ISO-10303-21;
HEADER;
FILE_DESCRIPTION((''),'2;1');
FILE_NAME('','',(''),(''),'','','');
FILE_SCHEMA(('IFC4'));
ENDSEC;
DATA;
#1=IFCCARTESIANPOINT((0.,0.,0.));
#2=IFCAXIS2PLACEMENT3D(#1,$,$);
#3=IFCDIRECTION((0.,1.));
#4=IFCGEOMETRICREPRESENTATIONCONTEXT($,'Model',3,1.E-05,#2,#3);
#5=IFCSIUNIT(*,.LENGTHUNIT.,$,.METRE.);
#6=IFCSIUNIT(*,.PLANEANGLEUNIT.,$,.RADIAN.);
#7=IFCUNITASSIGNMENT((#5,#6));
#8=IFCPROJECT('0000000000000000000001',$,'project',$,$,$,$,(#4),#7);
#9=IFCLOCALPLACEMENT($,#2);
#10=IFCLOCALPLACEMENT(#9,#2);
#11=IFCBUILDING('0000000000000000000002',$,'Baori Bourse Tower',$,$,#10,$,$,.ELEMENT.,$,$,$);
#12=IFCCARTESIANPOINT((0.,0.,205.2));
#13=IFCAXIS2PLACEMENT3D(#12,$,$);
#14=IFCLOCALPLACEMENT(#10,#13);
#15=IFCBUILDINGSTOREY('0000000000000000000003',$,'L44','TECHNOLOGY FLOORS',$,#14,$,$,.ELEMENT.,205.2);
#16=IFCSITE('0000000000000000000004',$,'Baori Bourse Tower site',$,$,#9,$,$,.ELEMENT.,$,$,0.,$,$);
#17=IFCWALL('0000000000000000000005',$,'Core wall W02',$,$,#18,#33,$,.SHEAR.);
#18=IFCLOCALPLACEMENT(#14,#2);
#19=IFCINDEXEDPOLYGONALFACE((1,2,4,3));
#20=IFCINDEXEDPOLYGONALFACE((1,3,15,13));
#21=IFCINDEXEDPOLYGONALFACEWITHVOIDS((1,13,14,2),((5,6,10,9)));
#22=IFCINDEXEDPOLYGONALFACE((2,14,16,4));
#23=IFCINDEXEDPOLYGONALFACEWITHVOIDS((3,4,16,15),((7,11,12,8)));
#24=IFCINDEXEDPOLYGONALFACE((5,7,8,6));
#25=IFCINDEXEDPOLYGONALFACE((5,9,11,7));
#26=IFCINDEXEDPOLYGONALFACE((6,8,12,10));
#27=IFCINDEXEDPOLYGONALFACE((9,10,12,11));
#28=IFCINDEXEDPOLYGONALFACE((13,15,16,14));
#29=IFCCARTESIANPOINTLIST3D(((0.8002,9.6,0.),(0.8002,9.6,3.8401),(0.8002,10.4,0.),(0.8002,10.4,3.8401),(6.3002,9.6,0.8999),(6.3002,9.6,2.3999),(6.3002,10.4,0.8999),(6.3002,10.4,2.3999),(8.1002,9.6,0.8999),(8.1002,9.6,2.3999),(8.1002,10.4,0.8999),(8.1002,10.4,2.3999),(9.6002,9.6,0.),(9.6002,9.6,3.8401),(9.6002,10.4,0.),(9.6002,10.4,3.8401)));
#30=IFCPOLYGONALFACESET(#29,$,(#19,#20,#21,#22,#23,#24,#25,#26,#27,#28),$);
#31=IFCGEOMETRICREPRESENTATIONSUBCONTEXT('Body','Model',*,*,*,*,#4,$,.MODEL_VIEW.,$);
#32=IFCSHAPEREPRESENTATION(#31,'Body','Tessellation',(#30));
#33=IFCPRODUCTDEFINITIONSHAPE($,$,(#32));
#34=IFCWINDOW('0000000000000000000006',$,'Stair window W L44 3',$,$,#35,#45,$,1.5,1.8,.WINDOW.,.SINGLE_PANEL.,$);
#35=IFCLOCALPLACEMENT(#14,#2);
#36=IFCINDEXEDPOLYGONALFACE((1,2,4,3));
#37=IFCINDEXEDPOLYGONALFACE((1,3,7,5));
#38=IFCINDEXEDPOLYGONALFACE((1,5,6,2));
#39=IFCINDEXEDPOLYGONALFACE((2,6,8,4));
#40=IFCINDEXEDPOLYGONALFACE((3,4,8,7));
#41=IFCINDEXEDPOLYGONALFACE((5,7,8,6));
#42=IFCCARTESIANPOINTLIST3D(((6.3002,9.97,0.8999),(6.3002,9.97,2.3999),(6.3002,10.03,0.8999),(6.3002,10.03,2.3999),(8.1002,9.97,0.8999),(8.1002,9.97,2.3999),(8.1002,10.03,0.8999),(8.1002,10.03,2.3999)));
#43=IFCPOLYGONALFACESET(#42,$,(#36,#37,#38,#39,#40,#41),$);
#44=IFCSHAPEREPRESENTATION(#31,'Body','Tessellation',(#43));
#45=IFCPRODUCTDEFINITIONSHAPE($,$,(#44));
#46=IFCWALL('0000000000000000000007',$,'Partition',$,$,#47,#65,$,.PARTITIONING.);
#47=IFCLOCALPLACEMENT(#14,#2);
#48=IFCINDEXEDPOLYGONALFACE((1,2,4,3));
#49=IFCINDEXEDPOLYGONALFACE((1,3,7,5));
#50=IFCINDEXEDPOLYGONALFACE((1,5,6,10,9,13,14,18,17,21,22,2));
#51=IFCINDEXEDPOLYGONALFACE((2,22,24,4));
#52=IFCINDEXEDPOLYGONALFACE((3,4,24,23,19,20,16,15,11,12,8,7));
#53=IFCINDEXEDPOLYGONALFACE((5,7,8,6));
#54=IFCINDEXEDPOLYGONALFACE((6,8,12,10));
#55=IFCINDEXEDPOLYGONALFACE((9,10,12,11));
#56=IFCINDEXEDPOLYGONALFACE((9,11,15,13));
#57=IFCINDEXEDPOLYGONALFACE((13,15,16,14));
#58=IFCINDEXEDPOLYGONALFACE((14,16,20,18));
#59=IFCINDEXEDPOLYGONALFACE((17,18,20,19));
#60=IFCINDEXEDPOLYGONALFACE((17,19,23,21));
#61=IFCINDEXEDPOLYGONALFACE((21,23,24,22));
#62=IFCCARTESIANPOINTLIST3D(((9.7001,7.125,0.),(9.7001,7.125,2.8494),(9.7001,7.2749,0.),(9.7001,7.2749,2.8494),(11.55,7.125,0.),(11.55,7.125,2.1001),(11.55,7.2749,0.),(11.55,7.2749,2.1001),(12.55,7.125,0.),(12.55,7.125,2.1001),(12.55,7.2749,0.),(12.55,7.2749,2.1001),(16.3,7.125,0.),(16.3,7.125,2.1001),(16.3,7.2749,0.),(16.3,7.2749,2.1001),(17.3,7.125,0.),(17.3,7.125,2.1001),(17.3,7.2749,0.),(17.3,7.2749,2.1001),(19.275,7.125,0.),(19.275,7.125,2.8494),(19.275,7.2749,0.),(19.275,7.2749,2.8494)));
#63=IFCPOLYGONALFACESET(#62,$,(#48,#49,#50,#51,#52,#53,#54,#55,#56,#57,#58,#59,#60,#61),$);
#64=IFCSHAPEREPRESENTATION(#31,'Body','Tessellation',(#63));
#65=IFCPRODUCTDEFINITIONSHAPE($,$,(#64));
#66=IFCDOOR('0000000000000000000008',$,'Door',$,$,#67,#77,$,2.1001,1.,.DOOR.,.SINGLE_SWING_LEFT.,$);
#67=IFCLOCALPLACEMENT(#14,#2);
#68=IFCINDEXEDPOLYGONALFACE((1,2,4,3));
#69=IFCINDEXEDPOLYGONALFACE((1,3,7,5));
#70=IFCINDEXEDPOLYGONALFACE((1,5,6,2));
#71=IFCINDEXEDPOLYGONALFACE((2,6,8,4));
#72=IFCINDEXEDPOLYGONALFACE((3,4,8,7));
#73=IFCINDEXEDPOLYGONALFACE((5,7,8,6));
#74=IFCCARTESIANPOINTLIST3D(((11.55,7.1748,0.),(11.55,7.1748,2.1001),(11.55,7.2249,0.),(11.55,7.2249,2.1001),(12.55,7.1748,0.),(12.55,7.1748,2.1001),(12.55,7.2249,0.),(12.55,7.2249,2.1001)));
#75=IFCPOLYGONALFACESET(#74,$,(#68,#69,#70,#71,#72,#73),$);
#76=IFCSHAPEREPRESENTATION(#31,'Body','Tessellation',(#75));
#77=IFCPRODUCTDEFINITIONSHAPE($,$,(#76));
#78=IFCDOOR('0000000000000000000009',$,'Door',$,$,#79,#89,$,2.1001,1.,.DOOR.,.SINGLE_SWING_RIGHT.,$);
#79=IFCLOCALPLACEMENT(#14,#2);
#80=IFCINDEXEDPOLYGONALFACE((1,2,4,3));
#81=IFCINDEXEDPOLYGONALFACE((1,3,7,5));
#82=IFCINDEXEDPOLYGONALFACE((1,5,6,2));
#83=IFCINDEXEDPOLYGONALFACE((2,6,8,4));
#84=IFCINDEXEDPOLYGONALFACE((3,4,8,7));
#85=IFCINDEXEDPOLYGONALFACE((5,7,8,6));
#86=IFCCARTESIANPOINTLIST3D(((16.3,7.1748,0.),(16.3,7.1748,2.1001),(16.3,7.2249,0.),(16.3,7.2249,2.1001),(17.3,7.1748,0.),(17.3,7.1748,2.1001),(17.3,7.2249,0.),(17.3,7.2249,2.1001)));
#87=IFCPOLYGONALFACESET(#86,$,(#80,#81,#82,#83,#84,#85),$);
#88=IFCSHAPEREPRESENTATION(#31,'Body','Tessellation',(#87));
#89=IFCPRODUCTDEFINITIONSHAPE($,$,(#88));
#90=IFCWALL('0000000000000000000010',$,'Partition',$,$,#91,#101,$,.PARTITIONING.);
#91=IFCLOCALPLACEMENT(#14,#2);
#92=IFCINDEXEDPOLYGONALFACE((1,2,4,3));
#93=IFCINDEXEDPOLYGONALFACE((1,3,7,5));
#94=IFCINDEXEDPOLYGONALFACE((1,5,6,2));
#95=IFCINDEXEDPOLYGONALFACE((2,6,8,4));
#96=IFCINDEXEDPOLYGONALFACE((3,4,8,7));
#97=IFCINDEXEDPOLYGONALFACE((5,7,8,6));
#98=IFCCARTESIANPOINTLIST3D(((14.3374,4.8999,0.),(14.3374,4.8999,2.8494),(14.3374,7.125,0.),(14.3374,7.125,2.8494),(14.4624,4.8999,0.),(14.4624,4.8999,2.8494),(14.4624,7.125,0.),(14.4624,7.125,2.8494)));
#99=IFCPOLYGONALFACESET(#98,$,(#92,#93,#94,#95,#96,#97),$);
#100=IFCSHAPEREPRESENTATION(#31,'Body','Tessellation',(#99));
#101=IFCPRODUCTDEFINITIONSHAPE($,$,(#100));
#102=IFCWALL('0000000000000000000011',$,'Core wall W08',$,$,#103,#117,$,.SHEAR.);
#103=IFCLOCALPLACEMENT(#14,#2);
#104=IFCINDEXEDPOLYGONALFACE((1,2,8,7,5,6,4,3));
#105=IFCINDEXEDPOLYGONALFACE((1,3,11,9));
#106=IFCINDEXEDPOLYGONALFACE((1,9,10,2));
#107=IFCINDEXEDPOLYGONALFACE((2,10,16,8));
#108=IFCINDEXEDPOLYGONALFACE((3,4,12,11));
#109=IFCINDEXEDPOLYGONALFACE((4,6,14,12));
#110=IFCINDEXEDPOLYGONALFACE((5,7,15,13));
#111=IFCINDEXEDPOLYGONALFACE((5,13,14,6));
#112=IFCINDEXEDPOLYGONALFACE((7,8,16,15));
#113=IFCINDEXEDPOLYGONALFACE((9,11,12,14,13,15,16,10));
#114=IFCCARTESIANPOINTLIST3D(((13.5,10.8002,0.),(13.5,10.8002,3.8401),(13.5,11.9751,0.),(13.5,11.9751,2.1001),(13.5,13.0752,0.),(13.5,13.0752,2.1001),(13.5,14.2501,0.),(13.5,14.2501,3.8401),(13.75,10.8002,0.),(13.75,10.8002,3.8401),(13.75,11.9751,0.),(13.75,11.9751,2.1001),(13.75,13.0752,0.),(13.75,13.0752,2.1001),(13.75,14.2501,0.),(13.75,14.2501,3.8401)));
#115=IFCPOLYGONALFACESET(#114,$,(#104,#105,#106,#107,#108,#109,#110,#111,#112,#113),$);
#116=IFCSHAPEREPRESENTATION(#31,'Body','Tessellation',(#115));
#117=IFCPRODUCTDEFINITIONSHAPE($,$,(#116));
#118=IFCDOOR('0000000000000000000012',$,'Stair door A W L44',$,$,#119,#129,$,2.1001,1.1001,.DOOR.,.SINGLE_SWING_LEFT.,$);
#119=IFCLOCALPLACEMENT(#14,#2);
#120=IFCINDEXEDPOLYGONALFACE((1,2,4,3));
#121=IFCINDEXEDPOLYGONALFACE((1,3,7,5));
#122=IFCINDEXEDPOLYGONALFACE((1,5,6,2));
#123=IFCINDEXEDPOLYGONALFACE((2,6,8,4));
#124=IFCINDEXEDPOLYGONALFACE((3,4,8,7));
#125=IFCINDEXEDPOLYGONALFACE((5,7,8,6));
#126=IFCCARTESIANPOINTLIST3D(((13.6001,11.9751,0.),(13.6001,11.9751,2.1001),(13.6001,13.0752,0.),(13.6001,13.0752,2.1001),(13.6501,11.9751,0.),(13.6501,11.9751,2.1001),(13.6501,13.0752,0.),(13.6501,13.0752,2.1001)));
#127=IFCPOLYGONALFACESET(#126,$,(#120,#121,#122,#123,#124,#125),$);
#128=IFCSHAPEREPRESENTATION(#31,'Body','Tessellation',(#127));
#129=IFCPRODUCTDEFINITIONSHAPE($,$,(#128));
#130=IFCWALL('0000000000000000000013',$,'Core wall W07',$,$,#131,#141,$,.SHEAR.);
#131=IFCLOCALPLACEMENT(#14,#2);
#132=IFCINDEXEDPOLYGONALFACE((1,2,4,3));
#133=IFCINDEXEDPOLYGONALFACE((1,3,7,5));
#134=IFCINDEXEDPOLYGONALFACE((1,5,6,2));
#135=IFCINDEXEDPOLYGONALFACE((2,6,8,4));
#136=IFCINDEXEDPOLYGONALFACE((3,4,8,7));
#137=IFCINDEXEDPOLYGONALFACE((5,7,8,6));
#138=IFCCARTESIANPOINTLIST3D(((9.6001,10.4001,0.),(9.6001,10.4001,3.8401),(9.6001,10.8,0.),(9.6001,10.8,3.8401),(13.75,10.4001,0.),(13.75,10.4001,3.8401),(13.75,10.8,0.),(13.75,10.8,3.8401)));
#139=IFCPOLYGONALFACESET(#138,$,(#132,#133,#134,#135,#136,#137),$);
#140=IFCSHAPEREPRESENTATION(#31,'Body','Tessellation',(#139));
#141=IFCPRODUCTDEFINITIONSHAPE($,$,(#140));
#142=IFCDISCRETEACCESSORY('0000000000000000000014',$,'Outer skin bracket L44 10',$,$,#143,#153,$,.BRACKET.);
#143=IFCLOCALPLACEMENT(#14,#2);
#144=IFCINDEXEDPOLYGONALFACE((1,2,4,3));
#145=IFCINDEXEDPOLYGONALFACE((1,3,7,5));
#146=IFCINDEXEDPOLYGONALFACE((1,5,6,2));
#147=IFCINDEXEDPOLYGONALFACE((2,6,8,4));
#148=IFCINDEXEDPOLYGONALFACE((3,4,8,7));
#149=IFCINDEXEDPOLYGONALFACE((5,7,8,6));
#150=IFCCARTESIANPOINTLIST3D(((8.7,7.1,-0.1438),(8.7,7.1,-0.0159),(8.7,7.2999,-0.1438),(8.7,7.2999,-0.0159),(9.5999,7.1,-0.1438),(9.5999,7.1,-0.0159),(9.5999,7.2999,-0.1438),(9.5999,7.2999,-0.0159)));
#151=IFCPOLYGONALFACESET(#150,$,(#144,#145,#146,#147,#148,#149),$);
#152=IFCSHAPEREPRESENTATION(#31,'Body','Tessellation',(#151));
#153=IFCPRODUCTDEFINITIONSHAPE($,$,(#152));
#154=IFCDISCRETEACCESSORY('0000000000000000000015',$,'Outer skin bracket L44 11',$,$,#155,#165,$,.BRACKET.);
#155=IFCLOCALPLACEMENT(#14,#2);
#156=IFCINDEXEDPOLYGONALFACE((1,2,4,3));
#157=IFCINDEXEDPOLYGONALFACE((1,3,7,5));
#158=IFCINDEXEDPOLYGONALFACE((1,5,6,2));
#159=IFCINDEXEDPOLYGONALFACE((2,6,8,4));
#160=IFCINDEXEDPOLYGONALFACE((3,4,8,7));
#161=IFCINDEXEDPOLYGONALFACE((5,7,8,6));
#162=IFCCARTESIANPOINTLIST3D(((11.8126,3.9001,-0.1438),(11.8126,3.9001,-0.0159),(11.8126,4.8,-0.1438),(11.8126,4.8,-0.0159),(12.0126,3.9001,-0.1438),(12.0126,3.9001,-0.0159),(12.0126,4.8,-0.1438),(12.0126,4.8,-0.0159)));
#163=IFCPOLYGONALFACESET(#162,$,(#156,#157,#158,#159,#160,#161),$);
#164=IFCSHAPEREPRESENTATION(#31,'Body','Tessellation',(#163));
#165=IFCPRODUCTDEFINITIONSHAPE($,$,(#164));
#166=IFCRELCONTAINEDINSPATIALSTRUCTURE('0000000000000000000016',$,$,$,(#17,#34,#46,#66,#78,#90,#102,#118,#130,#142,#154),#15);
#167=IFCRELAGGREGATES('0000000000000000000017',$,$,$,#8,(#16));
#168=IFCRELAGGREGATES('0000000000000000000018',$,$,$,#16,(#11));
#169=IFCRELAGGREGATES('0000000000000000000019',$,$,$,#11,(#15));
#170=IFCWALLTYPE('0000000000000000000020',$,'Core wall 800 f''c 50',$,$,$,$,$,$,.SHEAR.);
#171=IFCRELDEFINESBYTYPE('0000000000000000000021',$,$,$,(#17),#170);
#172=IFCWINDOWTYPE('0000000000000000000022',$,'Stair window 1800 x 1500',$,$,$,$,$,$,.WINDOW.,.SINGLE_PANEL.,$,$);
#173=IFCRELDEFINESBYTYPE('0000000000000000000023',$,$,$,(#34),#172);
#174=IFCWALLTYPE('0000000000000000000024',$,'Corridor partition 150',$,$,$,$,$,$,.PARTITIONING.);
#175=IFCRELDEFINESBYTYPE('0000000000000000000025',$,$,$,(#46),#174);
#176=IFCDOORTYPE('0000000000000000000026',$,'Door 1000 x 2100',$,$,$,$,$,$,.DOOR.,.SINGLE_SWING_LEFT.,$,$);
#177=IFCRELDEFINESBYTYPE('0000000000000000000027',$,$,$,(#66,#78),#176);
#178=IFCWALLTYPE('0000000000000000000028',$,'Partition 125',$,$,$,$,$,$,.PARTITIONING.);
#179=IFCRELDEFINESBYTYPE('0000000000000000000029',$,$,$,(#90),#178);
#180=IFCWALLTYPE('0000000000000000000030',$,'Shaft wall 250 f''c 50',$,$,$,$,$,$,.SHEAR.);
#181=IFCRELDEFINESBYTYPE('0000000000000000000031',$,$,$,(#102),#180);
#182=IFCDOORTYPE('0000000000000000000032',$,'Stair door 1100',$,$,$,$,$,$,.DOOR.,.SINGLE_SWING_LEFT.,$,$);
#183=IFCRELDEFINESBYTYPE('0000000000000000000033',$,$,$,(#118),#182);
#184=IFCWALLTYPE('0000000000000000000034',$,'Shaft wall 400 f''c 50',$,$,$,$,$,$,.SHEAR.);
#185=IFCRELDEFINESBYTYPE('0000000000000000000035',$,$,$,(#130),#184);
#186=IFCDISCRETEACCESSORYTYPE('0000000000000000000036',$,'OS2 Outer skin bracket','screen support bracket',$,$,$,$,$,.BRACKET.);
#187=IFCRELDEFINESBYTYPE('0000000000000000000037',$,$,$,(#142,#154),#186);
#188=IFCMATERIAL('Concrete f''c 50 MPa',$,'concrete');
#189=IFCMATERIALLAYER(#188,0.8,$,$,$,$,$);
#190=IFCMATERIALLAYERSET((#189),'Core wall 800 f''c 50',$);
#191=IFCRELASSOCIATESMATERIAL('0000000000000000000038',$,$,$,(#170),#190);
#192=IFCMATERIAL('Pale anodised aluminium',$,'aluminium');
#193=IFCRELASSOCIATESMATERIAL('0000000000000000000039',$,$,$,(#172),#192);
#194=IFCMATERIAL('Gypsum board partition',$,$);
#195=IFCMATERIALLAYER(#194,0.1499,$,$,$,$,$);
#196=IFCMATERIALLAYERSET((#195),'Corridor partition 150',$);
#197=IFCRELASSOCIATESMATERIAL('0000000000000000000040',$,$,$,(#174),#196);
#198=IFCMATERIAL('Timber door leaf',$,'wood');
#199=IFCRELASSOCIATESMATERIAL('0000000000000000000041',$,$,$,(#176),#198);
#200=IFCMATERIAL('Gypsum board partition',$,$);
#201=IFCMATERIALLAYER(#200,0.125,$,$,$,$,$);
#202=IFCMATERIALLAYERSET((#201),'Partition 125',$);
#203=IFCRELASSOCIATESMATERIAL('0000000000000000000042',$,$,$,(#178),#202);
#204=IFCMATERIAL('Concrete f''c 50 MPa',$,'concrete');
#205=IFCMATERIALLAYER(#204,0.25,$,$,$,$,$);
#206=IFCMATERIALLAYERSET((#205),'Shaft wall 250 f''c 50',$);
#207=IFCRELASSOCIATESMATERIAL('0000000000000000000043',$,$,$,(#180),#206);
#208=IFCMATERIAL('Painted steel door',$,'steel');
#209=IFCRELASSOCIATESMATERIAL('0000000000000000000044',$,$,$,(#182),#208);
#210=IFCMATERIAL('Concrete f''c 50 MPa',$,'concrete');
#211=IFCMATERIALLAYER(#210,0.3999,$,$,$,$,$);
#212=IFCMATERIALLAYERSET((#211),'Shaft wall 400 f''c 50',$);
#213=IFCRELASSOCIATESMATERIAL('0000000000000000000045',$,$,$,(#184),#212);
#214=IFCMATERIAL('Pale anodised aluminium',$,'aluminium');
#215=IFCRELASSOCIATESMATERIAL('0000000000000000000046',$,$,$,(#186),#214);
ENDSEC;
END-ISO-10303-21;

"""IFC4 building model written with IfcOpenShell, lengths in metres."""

from ifc_helpers import new_model, si_unit, direction, frame, frame_2d, origin, origin_2d, place, context, subcontext, project, spatial, rectangle, extrude, material, layer, layer_set, type_object, element, fill, save


model = new_model("IFC4")

# Units and contexts
model_context = context("Model", 3, precision=1e-05, world=origin(), true_north=direction((0.0, 1.0)))
body_context = subcontext(model_context, "Body", "Model", "MODEL_VIEW")
ifc_project = project(units=[si_unit("LENGTHUNIT", "METRE"), si_unit("PLANEANGLEUNIT", "RADIAN")], contexts=[model_context])

# Site, building, storey
site_placement = place(None, origin())
site = spatial("IfcSite", under=ifc_project, at=site_placement, Name="Baori Bourse Tower site", CompositionType="ELEMENT", RefElevation=0.0)
building_placement = place(site_placement, origin())
building = spatial("IfcBuilding", under=site, at=building_placement, Name="Baori Bourse Tower", CompositionType="ELEMENT")
storey_placement = place(building_placement, frame((0.0, 0.0, 205.2)))
storey = spatial("IfcBuildingStorey", under=building, at=storey_placement, Name="L44", Description="TECHNOLOGY FLOORS", CompositionType="ELEMENT", Elevation=205.2)

# Wall, opening, window
ifc_material_1 = material(Name="Concrete f'c 50 MPa", Category="concrete")
ifc_layer_1 = layer(ifc_material_1, 0.8)
ifc_layer_set_1 = layer_set([ifc_layer_1], Name="Core wall 800 f'c 50")
wall_type_1 = type_object("IfcWallType", Name="Core wall 800 f'c 50", PredefinedType="SHEAR", material=ifc_layer_set_1)
wall_1_placement = place(storey_placement, frame((9.6001, 10.0, 0.0), z_axis=(0.0, 0.0, 1.0), x_axis=(-1.0, 0.0, 0.0)))
wall_1 = element("IfcWall", 1, at=wall_1_placement, inside=storey, type_object=wall_type_1, Name="Core wall W02", PredefinedType="SHEAR", context=body_context, shape_type="SweptSolid", body=[
    extrude(rectangle(XDim=8.8, YDim=0.8, at=frame_2d((4.3999, 0.0))), origin(), (0.0, 0.0, 1.0), 3.8401),
])
opening_1_placement = place(wall_1_placement, frame((1.5, 0.0, 0.8999)))
opening_1 = element("IfcOpeningElement", 2, at=opening_1_placement, cuts=wall_1, PredefinedType="OPENING", context=body_context, shape_type="SweptSolid", body=[
    extrude(rectangle(XDim=1.8, YDim=1.5, at=frame_2d((0.8999, 0.75))), frame((0.0, 0.4099, 0.0), z_axis=(0.0, -1.0, 0.0), x_axis=(1.0, 0.0, 0.0)), (0.0, 0.0, 1.0), 0.8201),
])
ifc_material_2 = material(Name="Pale anodised aluminium", Category="aluminium")
window_type = type_object("IfcWindowType", Name="Stair window 1800 x 1500", PartitioningType="SINGLE_PANEL", PredefinedType="WINDOW", material=ifc_material_2)
window_placement = place(opening_1_placement, origin())
window = element("IfcWindow", 3, at=window_placement, inside=storey, type_object=window_type, Name="Stair window W L44 3", OverallHeight=1.5, OverallWidth=1.8, PartitioningType="SINGLE_PANEL", PredefinedType="WINDOW", context=body_context, shape_type="SweptSolid", body=[
    extrude(rectangle(XDim=1.8, YDim=1.5, at=frame_2d((0.8999, 0.75))), frame((0.0, 0.03, 0.0), z_axis=(0.0, -1.0, 0.0), x_axis=(1.0, 0.0, 0.0)), (0.0, 0.0, 1.0), 0.0601),
])
fill(opening_1, window)

# Wall, openings, doors
ifc_material_3 = material(Name="Gypsum board partition")
ifc_layer_2 = layer(ifc_material_3, 0.1499)
ifc_layer_set_2 = layer_set([ifc_layer_2], Name="Corridor partition 150")
wall_type_2 = type_object("IfcWallType", Name="Corridor partition 150", PredefinedType="PARTITIONING", material=ifc_layer_set_2)
wall_2_placement = place(storey_placement, frame((9.7, 7.2, 0.0), z_axis=(0.0, 0.0, 1.0), x_axis=(1.0, 0.0, 0.0)))
wall_2 = element("IfcWall", 4, at=wall_2_placement, inside=storey, type_object=wall_type_2, Name="Partition", PredefinedType="PARTITIONING", context=body_context, shape_type="SweptSolid", body=[
    extrude(rectangle(XDim=9.575, YDim=0.1499, at=frame_2d((4.7876, 0.0))), origin(), (0.0, 0.0, 1.0), 2.8494),
])
opening_2_placement = place(wall_2_placement, frame((1.8501, 0.0, 0.0)))
opening_2 = element("IfcOpeningElement", 5, at=opening_2_placement, cuts=wall_2, PredefinedType="OPENING", context=body_context, shape_type="SweptSolid", body=[
    extrude(rectangle(XDim=1.0, YDim=2.1001, at=frame_2d((0.5, 1.05))), frame((0.0, 0.085, 0.0), z_axis=(0.0, -1.0, 0.0), x_axis=(1.0, 0.0, 0.0)), (0.0, 0.0, 1.0), 0.1699),
])
opening_3_placement = place(wall_2_placement, frame((6.6001, 0.0, 0.0)))
opening_3 = element("IfcOpeningElement", 6, at=opening_3_placement, cuts=wall_2, PredefinedType="OPENING", context=body_context, shape_type="SweptSolid", body=[
    extrude(rectangle(XDim=1.0, YDim=2.1001, at=frame_2d((0.5, 1.05))), frame((0.0, 0.085, 0.0), z_axis=(0.0, -1.0, 0.0), x_axis=(1.0, 0.0, 0.0)), (0.0, 0.0, 1.0), 0.1699),
])
ifc_material_4 = material(Name="Timber door leaf", Category="wood")
door_type_1 = type_object("IfcDoorType", Name="Door 1000 x 2100", OperationType="SINGLE_SWING_LEFT", PredefinedType="DOOR", material=ifc_material_4)
door_1_placement = place(opening_2_placement, origin())
door_1 = element("IfcDoor", 7, at=door_1_placement, inside=storey, type_object=door_type_1, Name="Door", OperationType="SINGLE_SWING_LEFT", OverallHeight=2.1001, OverallWidth=1.0, PredefinedType="DOOR", context=body_context, shape_type="SweptSolid", body=[
    extrude(rectangle(XDim=1.0, YDim=2.1001, at=frame_2d((0.5, 1.05))), frame((0.0, 0.0249, 0.0), z_axis=(0.0, -1.0, 0.0), x_axis=(1.0, 0.0, 0.0)), (0.0, 0.0, 1.0), 0.05),
])
fill(opening_2, door_1)
door_2_placement = place(opening_3_placement, origin())
door_2 = element("IfcDoor", 8, at=door_2_placement, inside=storey, type_object=door_type_1, Name="Door", OperationType="SINGLE_SWING_RIGHT", OverallHeight=2.1001, OverallWidth=1.0, PredefinedType="DOOR", context=body_context, shape_type="SweptSolid", body=[
    extrude(rectangle(XDim=1.0, YDim=2.1001, at=frame_2d((0.5, 1.05))), frame((0.0, 0.0249, 0.0), z_axis=(0.0, -1.0, 0.0), x_axis=(1.0, 0.0, 0.0)), (0.0, 0.0, 1.0), 0.05),
])
fill(opening_3, door_2)

# Wall
ifc_material_5 = material(Name="Gypsum board partition")
ifc_layer_3 = layer(ifc_material_5, 0.125)
ifc_layer_set_3 = layer_set([ifc_layer_3], Name="Partition 125")
wall_type_3 = type_object("IfcWallType", Name="Partition 125", PredefinedType="PARTITIONING", material=ifc_layer_set_3)
wall_3_placement = place(storey_placement, frame((14.3999, 4.8999, 0.0), z_axis=(0.0, 0.0, 1.0), x_axis=(0.0, 1.0, 0.0)))
element("IfcWall", 9, at=wall_3_placement, inside=storey, type_object=wall_type_3, Name="Partition", PredefinedType="PARTITIONING", context=body_context, shape_type="SweptSolid", body=[
    extrude(rectangle(XDim=2.2251, YDim=0.125, at=frame_2d((1.1125, 0.0))), origin(), (0.0, 0.0, 1.0), 2.8494),
])

# Wall, opening, door
ifc_material_6 = material(Name="Concrete f'c 50 MPa", Category="concrete")
ifc_layer_4 = layer(ifc_material_6, 0.25)
ifc_layer_set_4 = layer_set([ifc_layer_4], Name="Shaft wall 250 f'c 50")
wall_type_4 = type_object("IfcWallType", Name="Shaft wall 250 f'c 50", PredefinedType="SHEAR", material=ifc_layer_set_4)
wall_4_placement = place(storey_placement, frame((13.625, 10.8, 0.0), z_axis=(0.0, 0.0, 1.0), x_axis=(0.0, 1.0, 0.0)))
wall_4 = element("IfcWall", 10, at=wall_4_placement, inside=storey, type_object=wall_type_4, Name="Core wall W08", PredefinedType="SHEAR", context=body_context, shape_type="SweptSolid", body=[
    extrude(rectangle(XDim=3.45, YDim=0.25, at=frame_2d((1.7251, 0.0))), origin(), (0.0, 0.0, 1.0), 3.8401),
])
opening_4_placement = place(wall_4_placement, frame((1.175, 0.0, 0.0)))
opening_4 = element("IfcOpeningElement", 11, at=opening_4_placement, cuts=wall_4, PredefinedType="OPENING", context=body_context, shape_type="SweptSolid", body=[
    extrude(rectangle(XDim=1.1001, YDim=2.1001, at=frame_2d((0.55, 1.05))), frame((0.0, 0.135, 0.0), z_axis=(0.0, -1.0, 0.0), x_axis=(1.0, 0.0, 0.0)), (0.0, 0.0, 1.0), 0.27),
])
ifc_material_7 = material(Name="Painted steel door", Category="steel")
door_type_2 = type_object("IfcDoorType", Name="Stair door 1100", OperationType="SINGLE_SWING_LEFT", PredefinedType="DOOR", material=ifc_material_7)
door_3_placement = place(opening_4_placement, origin())
door_3 = element("IfcDoor", 12, at=door_3_placement, inside=storey, type_object=door_type_2, Name="Stair door A W L44", OperationType="SINGLE_SWING_LEFT", OverallHeight=2.1001, OverallWidth=1.1001, PredefinedType="DOOR", context=body_context, shape_type="SweptSolid", body=[
    extrude(rectangle(XDim=1.1001, YDim=2.1001, at=frame_2d((0.55, 1.05))), frame((0.0, 0.0249, 0.0), z_axis=(0.0, -1.0, 0.0), x_axis=(1.0, 0.0, 0.0)), (0.0, 0.0, 1.0), 0.05),
])
fill(opening_4, door_3)

# Wall
ifc_material_8 = material(Name="Concrete f'c 50 MPa", Category="concrete")
ifc_layer_5 = layer(ifc_material_8, 0.3999)
ifc_layer_set_5 = layer_set([ifc_layer_5], Name="Shaft wall 400 f'c 50")
wall_type_5 = type_object("IfcWallType", Name="Shaft wall 400 f'c 50", PredefinedType="SHEAR", material=ifc_layer_set_5)
wall_5_placement = place(storey_placement, frame((9.6001, 10.6001, 0.0), z_axis=(0.0, 0.0, 1.0), x_axis=(1.0, 0.0, 0.0)))
element("IfcWall", 13, at=wall_5_placement, inside=storey, type_object=wall_type_5, Name="Core wall W07", PredefinedType="SHEAR", context=body_context, shape_type="SweptSolid", body=[
    extrude(rectangle(XDim=4.1499, YDim=0.3999, at=frame_2d((2.075, 0.0))), origin(), (0.0, 0.0, 1.0), 3.8401),
])

# Discrete accessories
ifc_material_9 = material(Name="Pale anodised aluminium", Category="aluminium")
discrete_accessory_type = type_object("IfcDiscreteAccessoryType", Name="OS2 Outer skin bracket", Description="screen support bracket", PredefinedType="BRACKET", material=ifc_material_9)
for number, where, z_axis, x_axis, name in (
    (14, (9.1499, 7.2, -0.1438), (0.0, 0.0, 1.0), (0.0, -1.0, 0.0), "Outer skin bracket L44 10"),
    (15, (11.9126, 4.3501, -0.1438), (0.0, 0.0, 1.0), (1.0, 0.0, 0.0), "Outer skin bracket L44 11"),
):
    element("IfcDiscreteAccessory", number, at=place(storey_placement, frame(where, z_axis=z_axis, x_axis=x_axis)), inside=storey, type_object=discrete_accessory_type, Name=name, PredefinedType="BRACKET", context=body_context, shape_type="SweptSolid", body=[
        extrude(rectangle(XDim=0.2, YDim=0.8999, at=origin_2d()), origin(), (0.0, 0.0, 1.0), 0.1279),
    ])

save(model, "model.ifc")
